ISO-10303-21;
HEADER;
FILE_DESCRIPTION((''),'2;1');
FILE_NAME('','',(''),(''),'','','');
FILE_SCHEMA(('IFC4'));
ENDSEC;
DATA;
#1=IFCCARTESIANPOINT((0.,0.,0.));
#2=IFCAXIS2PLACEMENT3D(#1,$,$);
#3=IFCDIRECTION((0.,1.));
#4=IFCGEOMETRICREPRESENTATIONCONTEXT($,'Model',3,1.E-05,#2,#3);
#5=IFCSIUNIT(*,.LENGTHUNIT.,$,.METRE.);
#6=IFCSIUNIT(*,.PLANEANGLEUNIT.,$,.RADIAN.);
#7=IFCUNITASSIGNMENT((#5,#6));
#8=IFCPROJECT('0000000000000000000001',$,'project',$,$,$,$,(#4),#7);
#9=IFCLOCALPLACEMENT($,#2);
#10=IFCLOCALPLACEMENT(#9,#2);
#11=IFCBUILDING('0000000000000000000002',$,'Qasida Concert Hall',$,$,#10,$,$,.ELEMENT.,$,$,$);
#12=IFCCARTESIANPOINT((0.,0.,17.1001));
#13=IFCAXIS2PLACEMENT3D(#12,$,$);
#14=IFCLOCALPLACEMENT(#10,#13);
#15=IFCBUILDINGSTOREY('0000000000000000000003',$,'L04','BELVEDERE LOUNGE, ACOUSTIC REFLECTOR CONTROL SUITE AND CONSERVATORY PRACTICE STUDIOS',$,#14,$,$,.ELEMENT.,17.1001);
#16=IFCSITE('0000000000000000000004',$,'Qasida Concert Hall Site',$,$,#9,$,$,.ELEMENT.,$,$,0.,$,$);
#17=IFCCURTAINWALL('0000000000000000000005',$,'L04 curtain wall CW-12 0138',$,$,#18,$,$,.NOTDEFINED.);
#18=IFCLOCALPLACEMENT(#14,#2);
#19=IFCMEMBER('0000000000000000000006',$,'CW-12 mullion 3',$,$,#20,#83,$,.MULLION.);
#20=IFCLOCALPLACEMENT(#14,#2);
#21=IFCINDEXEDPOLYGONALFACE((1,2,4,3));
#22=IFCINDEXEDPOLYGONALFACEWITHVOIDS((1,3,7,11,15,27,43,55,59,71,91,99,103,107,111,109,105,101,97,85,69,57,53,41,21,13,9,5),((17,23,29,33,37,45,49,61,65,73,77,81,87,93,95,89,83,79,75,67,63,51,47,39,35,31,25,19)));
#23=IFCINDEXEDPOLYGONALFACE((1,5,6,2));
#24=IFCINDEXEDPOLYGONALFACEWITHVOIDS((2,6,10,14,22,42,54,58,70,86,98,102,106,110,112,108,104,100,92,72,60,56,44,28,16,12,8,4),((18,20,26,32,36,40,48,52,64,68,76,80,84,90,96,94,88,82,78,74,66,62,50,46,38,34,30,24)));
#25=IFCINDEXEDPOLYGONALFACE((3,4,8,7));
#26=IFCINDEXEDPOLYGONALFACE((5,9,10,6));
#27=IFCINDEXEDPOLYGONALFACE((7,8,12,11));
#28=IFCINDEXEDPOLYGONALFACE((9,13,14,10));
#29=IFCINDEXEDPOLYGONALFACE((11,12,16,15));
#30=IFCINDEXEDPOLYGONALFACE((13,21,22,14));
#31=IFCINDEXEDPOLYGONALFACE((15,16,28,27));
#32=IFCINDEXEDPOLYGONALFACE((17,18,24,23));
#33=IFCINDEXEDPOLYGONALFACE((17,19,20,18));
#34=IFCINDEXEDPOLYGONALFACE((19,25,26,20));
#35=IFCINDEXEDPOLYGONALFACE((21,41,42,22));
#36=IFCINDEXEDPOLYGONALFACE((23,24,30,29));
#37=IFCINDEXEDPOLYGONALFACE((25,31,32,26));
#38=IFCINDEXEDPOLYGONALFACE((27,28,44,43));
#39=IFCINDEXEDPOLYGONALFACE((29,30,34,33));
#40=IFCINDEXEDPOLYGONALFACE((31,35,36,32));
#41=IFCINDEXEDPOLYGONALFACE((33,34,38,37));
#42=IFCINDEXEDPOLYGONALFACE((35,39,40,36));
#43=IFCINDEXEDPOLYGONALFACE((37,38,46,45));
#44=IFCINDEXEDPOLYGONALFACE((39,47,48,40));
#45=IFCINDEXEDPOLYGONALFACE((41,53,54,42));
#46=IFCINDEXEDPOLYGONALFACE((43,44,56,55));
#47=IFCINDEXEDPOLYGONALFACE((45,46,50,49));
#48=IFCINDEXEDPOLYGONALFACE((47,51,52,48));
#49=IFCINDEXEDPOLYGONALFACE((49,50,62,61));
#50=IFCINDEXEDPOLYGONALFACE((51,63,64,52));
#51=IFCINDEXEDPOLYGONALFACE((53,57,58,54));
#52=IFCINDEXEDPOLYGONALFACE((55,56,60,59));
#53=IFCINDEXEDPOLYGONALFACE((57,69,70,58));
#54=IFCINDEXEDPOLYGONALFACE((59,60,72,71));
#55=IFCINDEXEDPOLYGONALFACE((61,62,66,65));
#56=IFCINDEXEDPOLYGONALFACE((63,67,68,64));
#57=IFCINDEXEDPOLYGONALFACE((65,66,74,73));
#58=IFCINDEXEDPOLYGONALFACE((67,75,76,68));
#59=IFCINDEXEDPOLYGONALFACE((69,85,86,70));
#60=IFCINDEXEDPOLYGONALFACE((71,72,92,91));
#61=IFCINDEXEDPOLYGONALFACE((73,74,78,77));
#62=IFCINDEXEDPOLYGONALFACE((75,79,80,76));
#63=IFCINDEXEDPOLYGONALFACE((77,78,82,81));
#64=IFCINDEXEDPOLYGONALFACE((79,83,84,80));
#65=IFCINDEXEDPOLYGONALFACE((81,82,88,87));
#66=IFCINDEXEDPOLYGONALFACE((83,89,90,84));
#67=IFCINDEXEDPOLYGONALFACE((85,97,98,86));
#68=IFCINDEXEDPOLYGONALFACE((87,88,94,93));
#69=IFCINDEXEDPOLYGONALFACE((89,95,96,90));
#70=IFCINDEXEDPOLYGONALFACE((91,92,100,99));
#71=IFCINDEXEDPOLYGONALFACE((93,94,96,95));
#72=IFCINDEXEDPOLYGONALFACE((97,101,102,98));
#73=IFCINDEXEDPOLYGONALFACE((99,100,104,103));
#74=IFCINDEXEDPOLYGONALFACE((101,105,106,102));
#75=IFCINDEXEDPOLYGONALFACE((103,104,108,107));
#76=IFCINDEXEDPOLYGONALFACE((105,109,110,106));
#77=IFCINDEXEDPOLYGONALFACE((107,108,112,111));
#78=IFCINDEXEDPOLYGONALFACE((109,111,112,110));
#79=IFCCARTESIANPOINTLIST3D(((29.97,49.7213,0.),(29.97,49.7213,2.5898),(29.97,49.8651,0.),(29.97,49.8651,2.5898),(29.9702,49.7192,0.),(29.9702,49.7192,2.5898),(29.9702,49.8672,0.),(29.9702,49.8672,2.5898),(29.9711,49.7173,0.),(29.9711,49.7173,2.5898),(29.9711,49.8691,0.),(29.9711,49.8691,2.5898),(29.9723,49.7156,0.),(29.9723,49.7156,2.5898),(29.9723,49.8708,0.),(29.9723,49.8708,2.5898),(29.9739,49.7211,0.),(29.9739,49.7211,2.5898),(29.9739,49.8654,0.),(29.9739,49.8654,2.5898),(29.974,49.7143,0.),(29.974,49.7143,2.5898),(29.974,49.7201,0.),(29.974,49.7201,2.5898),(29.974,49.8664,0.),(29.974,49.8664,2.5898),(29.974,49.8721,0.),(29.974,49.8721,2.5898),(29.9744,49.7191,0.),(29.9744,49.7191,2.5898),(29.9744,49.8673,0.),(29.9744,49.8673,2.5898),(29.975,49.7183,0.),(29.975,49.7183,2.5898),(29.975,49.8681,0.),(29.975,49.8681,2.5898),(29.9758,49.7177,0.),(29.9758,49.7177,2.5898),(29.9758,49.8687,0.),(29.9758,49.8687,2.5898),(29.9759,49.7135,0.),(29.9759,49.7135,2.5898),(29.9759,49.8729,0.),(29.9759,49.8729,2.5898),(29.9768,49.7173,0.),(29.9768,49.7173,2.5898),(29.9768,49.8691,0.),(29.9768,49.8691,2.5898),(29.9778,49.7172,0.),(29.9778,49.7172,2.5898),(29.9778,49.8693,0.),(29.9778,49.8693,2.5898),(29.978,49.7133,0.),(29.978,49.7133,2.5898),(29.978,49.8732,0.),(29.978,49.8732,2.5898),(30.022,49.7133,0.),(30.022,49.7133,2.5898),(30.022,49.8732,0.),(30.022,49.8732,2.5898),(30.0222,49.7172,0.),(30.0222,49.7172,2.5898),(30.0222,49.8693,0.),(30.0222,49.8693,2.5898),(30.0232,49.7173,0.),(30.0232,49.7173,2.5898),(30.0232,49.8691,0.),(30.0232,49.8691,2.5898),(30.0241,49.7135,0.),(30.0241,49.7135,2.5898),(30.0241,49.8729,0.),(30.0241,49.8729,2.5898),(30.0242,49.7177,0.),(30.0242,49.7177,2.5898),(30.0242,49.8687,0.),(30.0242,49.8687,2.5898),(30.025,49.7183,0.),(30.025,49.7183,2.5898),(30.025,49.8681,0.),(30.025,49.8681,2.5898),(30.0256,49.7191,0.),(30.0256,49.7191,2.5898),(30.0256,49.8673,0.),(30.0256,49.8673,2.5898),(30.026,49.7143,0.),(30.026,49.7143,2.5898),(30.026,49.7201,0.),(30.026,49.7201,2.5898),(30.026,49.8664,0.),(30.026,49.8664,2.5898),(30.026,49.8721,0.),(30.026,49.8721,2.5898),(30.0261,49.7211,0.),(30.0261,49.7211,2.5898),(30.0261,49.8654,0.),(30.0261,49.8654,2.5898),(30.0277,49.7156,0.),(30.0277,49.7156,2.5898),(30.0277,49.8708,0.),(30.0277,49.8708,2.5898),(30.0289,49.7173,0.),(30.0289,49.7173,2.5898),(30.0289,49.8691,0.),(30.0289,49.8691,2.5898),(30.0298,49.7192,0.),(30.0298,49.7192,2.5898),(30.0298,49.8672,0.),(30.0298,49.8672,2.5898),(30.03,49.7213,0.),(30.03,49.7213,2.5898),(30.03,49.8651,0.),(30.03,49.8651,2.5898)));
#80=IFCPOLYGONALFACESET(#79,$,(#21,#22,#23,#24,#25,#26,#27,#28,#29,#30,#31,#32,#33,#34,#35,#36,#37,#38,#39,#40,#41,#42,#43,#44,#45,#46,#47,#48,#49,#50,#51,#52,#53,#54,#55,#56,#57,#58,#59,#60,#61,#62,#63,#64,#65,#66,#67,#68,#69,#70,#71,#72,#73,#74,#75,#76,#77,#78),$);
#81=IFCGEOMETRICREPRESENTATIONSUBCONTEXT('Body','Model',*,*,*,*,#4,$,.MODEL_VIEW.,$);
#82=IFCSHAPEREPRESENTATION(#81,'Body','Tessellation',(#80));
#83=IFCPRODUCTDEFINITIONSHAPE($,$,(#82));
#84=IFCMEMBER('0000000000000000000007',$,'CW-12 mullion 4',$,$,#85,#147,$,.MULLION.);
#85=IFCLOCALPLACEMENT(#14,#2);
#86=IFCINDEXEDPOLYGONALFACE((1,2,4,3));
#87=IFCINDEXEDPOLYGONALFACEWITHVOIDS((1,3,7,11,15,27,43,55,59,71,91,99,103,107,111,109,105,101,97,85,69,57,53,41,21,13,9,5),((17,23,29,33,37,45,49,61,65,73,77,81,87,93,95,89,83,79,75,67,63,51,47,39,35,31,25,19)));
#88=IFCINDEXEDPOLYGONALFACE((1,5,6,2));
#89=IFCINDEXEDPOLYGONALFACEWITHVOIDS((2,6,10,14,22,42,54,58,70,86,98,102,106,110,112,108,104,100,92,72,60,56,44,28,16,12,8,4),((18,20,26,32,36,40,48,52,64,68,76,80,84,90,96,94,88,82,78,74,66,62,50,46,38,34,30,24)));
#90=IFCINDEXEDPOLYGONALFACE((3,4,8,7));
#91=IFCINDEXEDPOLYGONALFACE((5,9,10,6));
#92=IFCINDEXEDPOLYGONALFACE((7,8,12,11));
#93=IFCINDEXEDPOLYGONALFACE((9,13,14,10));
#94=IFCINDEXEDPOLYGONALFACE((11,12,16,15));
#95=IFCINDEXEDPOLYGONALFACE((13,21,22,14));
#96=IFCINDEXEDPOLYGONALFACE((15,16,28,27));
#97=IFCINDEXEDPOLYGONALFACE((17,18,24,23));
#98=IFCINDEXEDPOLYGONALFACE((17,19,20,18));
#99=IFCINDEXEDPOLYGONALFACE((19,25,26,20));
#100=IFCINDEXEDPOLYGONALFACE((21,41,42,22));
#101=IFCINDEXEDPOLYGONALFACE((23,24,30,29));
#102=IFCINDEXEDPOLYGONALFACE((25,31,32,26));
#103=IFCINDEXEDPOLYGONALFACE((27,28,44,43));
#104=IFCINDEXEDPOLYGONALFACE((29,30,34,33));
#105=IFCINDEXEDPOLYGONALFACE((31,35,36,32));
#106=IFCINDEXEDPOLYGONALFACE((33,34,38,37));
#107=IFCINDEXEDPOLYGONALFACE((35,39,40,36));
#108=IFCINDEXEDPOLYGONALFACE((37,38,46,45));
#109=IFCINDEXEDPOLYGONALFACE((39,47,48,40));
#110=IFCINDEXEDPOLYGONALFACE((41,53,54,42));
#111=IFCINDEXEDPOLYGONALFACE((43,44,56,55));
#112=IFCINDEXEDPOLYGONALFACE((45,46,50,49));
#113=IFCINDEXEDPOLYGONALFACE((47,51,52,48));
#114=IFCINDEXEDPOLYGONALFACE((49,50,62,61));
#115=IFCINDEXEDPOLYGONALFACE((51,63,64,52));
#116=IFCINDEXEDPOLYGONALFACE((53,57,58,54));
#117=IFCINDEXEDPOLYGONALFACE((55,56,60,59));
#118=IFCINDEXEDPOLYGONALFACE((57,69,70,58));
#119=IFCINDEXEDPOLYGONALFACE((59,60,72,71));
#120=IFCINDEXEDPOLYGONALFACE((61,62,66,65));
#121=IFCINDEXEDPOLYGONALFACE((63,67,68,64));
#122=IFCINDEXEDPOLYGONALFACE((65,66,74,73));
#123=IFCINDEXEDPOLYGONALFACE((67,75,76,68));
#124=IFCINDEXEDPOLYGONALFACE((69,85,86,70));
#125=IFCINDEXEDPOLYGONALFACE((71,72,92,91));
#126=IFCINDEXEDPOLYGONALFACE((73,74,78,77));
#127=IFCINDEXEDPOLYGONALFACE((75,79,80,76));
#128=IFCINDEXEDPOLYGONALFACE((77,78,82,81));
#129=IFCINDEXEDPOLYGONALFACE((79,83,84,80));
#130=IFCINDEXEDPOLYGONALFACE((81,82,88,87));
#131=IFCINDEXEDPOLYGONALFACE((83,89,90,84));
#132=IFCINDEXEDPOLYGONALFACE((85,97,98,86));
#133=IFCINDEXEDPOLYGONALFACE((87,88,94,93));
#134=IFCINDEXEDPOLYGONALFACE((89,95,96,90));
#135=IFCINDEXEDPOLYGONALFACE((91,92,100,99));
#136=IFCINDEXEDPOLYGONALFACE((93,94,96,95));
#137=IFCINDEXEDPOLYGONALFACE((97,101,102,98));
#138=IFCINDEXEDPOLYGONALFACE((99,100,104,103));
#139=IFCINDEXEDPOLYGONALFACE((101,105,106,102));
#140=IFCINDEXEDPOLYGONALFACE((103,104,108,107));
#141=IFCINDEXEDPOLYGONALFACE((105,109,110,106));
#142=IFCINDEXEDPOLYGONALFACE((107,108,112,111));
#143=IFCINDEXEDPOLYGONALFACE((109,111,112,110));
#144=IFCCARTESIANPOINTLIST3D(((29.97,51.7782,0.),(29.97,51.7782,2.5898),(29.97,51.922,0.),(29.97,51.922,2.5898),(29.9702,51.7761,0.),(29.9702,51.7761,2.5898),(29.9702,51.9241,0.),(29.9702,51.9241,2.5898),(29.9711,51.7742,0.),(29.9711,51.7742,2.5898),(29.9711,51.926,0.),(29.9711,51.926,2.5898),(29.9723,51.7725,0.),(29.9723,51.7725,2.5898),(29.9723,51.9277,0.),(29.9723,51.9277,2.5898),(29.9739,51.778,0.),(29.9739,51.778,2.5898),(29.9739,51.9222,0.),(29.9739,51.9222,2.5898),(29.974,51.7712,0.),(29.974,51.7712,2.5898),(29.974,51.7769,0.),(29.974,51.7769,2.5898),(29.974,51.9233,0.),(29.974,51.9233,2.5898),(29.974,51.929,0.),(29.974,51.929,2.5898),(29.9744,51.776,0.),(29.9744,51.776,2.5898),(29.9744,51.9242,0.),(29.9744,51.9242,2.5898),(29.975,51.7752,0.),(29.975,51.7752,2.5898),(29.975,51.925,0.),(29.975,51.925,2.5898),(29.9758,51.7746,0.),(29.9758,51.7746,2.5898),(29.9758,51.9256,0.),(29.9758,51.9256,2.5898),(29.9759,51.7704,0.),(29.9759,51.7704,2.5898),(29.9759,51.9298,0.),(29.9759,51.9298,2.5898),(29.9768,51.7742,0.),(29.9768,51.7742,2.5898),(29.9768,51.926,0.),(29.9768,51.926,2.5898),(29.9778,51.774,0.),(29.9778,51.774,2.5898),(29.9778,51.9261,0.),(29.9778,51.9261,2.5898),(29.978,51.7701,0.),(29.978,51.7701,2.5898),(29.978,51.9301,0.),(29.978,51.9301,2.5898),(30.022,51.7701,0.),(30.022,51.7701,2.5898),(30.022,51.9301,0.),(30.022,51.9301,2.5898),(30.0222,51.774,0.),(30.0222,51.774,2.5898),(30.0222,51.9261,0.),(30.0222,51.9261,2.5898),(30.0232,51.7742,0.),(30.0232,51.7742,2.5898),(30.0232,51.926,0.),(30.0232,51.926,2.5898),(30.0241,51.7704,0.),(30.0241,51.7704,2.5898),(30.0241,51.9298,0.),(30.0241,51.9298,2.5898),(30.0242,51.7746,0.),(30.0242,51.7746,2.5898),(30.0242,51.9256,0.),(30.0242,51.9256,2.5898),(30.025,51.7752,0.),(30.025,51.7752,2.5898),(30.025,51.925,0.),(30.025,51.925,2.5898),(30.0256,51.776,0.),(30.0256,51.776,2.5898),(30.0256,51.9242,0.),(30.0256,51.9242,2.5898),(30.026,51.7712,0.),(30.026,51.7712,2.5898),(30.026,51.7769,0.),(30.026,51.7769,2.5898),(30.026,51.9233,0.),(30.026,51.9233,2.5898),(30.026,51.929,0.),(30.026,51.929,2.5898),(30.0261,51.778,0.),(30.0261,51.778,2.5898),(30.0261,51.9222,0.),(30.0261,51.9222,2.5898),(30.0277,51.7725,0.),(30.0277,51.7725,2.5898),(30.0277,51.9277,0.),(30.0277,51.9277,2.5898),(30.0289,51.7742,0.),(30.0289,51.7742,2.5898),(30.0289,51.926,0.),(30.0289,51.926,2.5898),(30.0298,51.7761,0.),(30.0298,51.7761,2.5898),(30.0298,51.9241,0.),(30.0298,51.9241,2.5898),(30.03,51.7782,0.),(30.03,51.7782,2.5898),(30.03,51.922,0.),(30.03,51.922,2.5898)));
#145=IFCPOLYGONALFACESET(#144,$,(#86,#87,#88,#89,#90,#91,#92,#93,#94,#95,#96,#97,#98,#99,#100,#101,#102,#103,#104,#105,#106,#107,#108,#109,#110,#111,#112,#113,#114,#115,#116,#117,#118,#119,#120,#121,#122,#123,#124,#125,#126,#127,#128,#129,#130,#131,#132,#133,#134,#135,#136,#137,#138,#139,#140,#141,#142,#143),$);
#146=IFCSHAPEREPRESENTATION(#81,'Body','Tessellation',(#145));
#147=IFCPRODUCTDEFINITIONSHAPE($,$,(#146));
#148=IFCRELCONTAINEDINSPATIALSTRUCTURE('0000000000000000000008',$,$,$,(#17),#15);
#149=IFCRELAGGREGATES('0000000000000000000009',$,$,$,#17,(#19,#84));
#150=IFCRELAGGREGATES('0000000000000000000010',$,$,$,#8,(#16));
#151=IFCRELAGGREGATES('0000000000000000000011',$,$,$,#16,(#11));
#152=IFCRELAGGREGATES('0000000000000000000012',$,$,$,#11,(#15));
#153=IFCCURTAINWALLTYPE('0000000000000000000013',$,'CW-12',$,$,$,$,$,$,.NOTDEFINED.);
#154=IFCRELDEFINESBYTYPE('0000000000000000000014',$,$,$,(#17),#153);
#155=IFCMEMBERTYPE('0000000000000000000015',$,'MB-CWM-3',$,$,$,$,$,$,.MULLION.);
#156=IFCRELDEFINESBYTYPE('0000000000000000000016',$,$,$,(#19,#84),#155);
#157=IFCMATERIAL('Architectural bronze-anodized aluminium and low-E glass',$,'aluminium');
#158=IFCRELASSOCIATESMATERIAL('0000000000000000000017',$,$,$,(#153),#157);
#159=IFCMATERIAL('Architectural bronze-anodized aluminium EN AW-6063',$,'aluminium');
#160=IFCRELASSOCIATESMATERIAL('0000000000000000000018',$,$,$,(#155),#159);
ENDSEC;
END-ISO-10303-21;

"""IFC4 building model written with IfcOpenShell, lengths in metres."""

from ifc_helpers import new_model, si_unit, direction, frame, origin, origin_2d, place, context, subcontext, project, spatial, hollow_rectangle, extrude, material, material_profile, profile_set, type_object, element, aggregate, save


model = new_model("IFC4")

# Units and contexts
model_context = context("Model", 3, precision=1e-05, world=origin(), true_north=direction((0.0, 1.0)))
body_context = subcontext(model_context, "Body", "Model", "MODEL_VIEW")
ifc_project = project(units=[si_unit("LENGTHUNIT", "METRE"), si_unit("PLANEANGLEUNIT", "RADIAN")], contexts=[model_context])

# Site, building, storey
site_placement = place(None, origin())
site = spatial("IfcSite", under=ifc_project, at=site_placement, Name="Qasida Concert Hall Site", CompositionType="ELEMENT", RefElevation=0.0)
building_placement = place(site_placement, origin())
building = spatial("IfcBuilding", under=site, at=building_placement, Name="Qasida Concert Hall", CompositionType="ELEMENT")
storey_placement = place(building_placement, frame((0.0, 0.0, 17.1001)))
storey = spatial("IfcBuildingStorey", under=building, at=storey_placement, Name="L04", Description="BELVEDERE LOUNGE, ACOUSTIC REFLECTOR CONTROL SUITE AND CONSERVATORY PRACTICE STUDIOS", CompositionType="ELEMENT", Elevation=17.1001)

# Shared definitions
ifc_material_1 = material(Name="Architectural bronze-anodized aluminium and low-E glass", Category="aluminium")
ifc_material_2 = material(Name="Architectural bronze-anodized aluminium EN AW-6063", Category="aluminium")
curtain_wall_type_1 = type_object("IfcCurtainWallType", Name="CW-12", PredefinedType="NOTDEFINED", material=ifc_material_1)
ifc_material_profile_1 = material_profile(ifc_material_2, hollow_rectangle(XDim=0.0601, YDim=0.1599, WallThickness=0.0039, InnerFilletRadius=0.0039, OuterFilletRadius=0.0081, at=origin_2d()), Name="CWM 160x60x4")
ifc_profile_set_1 = profile_set([ifc_material_profile_1], Name="Architectural bronze-anodized aluminium EN AW-6063")
member_type_1 = type_object("IfcMemberType", Name="MB-CWM-3", PredefinedType="MULLION", material=ifc_profile_set_1)

# Curtain wall, members
curtain_wall_1_placement = place(storey_placement, origin())
curtain_wall_1 = element("IfcCurtainWall", 1, at=curtain_wall_1_placement, inside=storey, type_object=curtain_wall_type_1, Name="L04 curtain wall CW-12 0138", PredefinedType="NOTDEFINED")
member_1_placement = place(storey_placement, frame((30.0, 49.7932, 0.0), z_axis=(0.0, 0.0, 1.0), x_axis=(-1.0, 0.0, 0.0)))
member_1 = element("IfcMember", 2, at=member_1_placement, type_object=member_type_1, Name="CW-12 mullion 3", PredefinedType="MULLION", context=body_context, shape_type="SweptSolid", body=[
    extrude(hollow_rectangle(XDim=0.0601, YDim=0.1599, WallThickness=0.0039, InnerFilletRadius=0.0039, OuterFilletRadius=0.0081, at=origin_2d()), origin(), (0.0, 0.0, 1.0), 2.5898),
])
member_2_placement = place(storey_placement, frame((30.0, 51.8501, 0.0), z_axis=(0.0, 0.0, 1.0), x_axis=(-1.0, 0.0, 0.0)))
member_2 = element("IfcMember", 3, at=member_2_placement, type_object=member_type_1, Name="CW-12 mullion 4", PredefinedType="MULLION", context=body_context, shape_type="SweptSolid", body=[
    extrude(hollow_rectangle(XDim=0.0601, YDim=0.1599, WallThickness=0.0039, InnerFilletRadius=0.0039, OuterFilletRadius=0.0081, at=origin_2d()), origin(), (0.0, 0.0, 1.0), 2.5898),
])

aggregate(curtain_wall_1, [member_1, member_2])

save(model, "model.ifc")
